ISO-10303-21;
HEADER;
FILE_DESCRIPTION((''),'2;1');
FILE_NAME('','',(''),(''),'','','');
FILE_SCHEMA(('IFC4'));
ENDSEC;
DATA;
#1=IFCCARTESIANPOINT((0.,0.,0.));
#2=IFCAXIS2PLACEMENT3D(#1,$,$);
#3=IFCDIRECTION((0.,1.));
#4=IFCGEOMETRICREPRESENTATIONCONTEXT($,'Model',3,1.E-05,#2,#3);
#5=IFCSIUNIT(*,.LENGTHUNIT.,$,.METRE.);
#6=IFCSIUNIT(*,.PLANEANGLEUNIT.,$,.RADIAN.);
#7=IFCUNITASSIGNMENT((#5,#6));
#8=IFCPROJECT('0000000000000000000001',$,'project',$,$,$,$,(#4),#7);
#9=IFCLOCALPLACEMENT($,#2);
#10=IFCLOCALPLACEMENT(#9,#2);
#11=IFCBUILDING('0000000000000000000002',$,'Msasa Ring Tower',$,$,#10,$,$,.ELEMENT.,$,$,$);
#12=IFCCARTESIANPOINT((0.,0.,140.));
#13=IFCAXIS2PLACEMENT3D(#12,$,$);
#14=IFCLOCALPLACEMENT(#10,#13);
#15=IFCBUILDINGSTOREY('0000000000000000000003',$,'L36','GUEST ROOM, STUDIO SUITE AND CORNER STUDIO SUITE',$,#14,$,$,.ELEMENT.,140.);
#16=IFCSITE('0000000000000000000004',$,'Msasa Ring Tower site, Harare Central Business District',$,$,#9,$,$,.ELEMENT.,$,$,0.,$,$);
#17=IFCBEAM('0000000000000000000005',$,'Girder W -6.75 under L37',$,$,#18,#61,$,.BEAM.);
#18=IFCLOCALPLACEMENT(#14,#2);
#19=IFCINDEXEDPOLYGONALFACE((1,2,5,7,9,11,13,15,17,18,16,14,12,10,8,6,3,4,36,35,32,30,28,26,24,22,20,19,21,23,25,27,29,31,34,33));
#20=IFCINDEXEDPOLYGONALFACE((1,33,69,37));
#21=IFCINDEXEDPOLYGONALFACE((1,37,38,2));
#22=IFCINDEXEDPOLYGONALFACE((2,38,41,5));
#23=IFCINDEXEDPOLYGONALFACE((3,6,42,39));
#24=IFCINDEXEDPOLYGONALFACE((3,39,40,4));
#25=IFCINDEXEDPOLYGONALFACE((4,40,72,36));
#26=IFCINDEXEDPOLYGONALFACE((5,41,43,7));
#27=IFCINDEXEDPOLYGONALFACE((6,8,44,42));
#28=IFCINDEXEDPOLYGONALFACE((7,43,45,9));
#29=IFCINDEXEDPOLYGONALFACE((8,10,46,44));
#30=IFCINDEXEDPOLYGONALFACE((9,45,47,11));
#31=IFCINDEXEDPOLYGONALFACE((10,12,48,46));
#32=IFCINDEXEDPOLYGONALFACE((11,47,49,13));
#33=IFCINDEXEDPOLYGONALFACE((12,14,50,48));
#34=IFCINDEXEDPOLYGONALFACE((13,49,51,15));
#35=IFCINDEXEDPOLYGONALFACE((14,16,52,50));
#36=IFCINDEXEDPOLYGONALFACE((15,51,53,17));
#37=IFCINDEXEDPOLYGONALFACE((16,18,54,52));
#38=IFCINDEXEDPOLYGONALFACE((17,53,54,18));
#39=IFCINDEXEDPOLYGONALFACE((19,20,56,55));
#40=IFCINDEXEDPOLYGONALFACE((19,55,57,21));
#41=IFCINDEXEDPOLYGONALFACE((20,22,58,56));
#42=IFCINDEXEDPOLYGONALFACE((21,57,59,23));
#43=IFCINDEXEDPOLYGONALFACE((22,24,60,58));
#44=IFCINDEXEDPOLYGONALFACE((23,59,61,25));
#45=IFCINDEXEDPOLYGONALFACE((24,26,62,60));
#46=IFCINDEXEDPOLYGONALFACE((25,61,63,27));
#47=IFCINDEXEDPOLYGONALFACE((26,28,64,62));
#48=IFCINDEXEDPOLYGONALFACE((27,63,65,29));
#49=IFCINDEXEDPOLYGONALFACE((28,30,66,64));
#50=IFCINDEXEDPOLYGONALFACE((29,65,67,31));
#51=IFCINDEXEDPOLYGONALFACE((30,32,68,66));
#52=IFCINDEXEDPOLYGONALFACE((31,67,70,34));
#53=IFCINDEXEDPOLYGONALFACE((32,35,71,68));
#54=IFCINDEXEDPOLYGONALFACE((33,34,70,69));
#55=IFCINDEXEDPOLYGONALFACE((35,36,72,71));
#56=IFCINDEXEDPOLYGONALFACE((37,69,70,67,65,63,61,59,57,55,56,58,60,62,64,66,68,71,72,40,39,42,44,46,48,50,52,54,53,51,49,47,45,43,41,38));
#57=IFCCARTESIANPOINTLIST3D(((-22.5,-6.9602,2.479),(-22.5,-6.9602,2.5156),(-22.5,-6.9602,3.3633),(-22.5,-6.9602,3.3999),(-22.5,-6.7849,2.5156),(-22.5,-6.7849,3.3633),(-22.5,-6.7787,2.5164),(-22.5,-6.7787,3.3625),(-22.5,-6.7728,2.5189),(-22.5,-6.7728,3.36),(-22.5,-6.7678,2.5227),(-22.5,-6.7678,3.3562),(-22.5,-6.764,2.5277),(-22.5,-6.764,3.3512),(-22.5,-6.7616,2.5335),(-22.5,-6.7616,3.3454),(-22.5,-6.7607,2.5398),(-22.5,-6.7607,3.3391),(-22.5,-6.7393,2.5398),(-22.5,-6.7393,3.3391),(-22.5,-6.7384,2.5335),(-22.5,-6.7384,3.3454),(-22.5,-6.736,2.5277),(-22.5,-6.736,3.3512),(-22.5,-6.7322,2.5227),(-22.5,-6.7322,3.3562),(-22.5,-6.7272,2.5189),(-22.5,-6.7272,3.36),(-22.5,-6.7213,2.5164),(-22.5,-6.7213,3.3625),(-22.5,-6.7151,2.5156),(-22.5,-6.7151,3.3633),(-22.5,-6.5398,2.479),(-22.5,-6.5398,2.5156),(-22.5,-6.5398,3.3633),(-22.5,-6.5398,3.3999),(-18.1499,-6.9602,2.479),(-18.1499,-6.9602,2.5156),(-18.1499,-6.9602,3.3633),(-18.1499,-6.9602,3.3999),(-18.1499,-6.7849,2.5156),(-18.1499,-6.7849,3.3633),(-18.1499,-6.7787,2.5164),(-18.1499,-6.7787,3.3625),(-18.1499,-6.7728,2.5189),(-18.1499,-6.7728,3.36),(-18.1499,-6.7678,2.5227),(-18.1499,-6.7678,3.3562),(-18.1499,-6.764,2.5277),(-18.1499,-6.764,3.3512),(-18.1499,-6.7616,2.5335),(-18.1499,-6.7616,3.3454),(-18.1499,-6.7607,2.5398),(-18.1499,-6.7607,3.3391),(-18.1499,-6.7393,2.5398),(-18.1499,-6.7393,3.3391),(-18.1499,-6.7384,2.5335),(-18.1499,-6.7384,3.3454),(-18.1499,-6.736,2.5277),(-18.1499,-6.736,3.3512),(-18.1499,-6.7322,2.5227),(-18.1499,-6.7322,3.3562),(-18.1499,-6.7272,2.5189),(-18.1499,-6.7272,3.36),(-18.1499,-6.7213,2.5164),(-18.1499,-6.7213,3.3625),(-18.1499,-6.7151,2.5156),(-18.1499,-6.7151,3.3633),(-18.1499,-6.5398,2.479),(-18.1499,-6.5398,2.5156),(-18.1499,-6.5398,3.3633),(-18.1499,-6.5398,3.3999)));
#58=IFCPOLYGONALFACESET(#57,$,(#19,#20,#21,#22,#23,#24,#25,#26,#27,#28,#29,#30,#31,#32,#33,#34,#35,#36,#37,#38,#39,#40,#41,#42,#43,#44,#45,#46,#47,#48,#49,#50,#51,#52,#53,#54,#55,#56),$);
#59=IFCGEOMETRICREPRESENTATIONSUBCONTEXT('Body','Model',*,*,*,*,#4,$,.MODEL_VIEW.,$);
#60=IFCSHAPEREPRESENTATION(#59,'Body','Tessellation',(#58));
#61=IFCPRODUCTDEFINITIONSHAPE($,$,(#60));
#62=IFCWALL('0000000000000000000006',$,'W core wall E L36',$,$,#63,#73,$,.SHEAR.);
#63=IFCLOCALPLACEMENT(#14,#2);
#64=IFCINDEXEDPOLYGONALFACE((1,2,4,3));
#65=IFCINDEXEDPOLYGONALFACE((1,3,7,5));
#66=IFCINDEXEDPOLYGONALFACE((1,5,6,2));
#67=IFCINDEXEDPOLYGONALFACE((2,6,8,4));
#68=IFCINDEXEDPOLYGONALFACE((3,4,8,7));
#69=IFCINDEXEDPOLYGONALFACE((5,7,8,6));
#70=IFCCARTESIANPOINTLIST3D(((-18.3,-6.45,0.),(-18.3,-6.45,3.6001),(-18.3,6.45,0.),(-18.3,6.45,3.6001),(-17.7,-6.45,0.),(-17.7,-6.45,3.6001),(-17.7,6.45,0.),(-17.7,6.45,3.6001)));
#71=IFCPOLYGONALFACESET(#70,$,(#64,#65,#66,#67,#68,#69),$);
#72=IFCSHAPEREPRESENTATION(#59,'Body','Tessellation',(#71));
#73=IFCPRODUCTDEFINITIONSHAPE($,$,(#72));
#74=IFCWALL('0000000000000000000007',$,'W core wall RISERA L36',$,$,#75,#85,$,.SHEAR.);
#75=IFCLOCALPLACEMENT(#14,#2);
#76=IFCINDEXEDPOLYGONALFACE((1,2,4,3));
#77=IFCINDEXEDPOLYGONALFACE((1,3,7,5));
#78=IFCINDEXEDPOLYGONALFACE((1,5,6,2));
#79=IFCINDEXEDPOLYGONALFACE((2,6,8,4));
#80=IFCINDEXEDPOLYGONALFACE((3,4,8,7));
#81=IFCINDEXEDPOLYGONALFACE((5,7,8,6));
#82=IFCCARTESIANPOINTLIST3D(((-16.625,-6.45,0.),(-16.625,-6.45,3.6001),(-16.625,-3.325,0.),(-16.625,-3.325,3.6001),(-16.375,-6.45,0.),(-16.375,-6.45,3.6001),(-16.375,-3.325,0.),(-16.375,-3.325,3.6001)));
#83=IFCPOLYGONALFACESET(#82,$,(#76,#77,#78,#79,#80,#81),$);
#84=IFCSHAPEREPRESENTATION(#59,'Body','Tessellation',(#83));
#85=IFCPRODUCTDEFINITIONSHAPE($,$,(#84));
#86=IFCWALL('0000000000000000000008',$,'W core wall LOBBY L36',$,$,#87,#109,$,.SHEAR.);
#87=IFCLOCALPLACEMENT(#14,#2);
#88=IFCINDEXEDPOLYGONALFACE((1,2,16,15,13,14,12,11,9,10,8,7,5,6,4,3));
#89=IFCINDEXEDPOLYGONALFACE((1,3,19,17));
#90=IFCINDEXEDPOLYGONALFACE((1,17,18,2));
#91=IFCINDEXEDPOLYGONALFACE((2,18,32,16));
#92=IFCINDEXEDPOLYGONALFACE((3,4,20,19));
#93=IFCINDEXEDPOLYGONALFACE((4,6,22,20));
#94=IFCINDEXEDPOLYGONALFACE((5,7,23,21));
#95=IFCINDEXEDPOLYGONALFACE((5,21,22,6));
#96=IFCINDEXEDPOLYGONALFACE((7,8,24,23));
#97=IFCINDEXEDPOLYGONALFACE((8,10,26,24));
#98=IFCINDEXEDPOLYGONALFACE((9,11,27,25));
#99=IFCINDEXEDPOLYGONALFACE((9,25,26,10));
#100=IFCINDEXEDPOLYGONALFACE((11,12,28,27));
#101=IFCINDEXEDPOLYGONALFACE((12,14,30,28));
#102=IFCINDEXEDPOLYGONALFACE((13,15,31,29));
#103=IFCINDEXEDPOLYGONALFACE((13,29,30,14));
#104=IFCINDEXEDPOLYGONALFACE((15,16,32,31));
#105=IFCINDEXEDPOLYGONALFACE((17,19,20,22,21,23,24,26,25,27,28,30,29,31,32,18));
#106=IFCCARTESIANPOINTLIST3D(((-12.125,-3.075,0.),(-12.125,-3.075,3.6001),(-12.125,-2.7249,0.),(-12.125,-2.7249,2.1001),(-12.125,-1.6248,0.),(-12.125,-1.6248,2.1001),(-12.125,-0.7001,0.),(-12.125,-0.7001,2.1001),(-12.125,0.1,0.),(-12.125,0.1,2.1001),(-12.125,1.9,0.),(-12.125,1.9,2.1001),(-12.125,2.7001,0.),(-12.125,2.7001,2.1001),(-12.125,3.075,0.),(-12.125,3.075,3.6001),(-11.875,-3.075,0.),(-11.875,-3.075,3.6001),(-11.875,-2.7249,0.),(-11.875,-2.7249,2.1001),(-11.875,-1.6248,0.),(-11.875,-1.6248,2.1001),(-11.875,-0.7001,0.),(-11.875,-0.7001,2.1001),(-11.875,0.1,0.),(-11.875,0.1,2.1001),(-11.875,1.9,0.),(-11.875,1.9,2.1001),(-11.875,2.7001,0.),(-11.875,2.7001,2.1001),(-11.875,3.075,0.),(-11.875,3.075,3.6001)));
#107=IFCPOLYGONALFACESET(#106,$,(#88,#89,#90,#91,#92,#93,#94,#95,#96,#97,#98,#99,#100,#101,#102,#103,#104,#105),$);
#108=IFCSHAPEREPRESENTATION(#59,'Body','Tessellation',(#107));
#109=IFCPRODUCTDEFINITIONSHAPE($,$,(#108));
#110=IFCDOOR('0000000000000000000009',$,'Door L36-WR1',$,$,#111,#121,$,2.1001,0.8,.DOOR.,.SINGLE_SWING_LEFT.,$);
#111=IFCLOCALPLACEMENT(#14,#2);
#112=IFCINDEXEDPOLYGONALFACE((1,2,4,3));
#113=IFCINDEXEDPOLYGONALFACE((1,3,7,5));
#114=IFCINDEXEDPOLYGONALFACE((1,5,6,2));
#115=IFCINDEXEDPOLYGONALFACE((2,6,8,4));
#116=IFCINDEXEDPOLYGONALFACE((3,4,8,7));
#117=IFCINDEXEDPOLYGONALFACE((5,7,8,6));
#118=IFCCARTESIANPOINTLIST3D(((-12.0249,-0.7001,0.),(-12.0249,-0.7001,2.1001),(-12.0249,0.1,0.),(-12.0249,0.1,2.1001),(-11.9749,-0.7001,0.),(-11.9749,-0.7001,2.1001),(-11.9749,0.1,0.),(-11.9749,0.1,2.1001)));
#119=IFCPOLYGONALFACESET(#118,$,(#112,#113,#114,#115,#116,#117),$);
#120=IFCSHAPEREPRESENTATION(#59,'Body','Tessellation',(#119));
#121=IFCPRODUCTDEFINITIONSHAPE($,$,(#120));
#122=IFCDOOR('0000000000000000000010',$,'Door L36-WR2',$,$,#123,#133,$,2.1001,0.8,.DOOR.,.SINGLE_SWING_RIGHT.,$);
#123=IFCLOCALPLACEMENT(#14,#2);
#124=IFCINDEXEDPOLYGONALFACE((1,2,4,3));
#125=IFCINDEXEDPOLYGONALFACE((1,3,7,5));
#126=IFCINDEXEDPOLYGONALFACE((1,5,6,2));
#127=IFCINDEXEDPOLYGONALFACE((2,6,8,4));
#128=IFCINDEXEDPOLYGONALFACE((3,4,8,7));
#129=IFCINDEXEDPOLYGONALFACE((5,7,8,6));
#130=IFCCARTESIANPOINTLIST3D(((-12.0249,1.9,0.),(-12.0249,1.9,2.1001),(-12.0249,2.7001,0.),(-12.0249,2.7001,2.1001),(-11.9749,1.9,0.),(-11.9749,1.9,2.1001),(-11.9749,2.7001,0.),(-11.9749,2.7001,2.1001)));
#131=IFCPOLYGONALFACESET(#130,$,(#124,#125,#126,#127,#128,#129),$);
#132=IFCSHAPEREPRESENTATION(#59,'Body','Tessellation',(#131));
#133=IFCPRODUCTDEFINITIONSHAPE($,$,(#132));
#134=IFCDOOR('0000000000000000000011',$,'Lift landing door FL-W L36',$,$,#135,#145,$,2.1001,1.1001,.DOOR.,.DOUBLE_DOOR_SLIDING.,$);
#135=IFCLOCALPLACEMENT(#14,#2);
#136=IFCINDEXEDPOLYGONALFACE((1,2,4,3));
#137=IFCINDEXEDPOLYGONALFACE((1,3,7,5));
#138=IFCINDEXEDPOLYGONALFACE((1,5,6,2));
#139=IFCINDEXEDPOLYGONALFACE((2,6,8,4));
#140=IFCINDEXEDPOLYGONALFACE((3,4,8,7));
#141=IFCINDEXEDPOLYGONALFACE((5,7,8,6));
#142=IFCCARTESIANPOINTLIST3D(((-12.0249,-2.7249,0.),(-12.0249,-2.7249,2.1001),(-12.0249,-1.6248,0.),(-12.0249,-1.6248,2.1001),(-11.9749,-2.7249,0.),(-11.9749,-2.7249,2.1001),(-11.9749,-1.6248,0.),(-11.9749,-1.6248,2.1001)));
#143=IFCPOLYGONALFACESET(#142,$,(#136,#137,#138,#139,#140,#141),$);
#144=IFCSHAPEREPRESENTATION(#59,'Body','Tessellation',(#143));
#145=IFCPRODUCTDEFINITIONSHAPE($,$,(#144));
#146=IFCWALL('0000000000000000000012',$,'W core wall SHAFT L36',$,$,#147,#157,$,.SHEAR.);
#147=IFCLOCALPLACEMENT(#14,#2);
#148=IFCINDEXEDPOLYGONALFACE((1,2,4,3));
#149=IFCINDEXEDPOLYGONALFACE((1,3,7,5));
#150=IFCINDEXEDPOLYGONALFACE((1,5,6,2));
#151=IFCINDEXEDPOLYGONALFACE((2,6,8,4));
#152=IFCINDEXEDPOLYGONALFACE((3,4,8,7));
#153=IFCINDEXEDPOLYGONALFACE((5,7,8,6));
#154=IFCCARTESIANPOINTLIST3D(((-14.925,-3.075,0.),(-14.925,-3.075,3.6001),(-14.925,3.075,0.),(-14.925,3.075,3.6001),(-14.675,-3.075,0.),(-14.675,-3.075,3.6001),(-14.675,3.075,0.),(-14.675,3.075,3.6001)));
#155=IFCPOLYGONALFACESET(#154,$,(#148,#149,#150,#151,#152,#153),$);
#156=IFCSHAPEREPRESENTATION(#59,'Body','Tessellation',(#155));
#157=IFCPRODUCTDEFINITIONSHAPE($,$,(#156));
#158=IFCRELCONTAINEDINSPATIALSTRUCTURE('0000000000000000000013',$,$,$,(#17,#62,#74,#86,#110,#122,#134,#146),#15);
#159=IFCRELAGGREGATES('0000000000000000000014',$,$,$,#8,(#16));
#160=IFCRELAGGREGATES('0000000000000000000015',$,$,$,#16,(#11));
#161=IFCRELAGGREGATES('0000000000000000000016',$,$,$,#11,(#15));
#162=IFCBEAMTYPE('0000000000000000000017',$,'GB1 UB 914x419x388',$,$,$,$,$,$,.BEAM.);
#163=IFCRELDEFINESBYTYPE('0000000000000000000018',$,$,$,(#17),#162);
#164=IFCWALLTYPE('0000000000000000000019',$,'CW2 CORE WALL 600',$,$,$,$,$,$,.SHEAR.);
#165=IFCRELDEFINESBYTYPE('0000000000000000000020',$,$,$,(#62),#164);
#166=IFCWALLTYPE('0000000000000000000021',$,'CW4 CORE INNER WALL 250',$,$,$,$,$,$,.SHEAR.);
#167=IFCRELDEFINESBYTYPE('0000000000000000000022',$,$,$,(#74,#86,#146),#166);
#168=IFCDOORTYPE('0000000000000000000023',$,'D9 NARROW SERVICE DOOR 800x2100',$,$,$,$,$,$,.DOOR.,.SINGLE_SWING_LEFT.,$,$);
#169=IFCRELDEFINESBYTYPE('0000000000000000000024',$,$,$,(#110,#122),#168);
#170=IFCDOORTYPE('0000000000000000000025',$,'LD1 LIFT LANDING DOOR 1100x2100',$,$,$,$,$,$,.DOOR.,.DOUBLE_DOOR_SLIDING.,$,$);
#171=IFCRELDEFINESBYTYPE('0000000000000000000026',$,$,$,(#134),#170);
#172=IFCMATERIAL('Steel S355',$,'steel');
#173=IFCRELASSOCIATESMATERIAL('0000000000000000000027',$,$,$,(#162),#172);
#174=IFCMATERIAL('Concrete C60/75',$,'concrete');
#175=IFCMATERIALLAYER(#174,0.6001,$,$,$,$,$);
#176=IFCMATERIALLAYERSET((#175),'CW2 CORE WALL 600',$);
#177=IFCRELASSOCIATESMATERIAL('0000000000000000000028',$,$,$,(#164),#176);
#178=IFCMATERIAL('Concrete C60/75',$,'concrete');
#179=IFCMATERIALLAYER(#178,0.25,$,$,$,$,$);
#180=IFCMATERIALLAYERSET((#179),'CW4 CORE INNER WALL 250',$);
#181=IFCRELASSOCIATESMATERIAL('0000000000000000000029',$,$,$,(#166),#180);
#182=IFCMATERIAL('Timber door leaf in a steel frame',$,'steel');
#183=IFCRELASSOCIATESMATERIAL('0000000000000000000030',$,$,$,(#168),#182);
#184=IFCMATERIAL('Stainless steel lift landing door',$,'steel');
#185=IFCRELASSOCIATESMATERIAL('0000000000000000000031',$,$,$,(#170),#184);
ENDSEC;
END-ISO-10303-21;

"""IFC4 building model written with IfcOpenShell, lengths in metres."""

from ifc_helpers import new_model, si_unit, direction, frame, frame_2d, origin, origin_2d, place, context, subcontext, project, spatial, rectangle, i_section, extrude, material, layer, layer_set, material_profile, profile_set, type_object, element, fill, save


model = new_model("IFC4")

# Units and contexts
model_context = context("Model", 3, precision=1e-05, world=origin(), true_north=direction((0.0, 1.0)))
body_context = subcontext(model_context, "Body", "Model", "MODEL_VIEW")
ifc_project = project(units=[si_unit("LENGTHUNIT", "METRE"), si_unit("PLANEANGLEUNIT", "RADIAN")], contexts=[model_context])

# Site, building, storey
site_placement = place(None, origin())
site = spatial("IfcSite", under=ifc_project, at=site_placement, Name="Msasa Ring Tower site, Harare Central Business District", CompositionType="ELEMENT", RefElevation=0.0)
building_placement = place(site_placement, origin())
building = spatial("IfcBuilding", under=site, at=building_placement, Name="Msasa Ring Tower", CompositionType="ELEMENT")
storey_placement = place(building_placement, frame((0.0, 0.0, 140.0)))
storey = spatial("IfcBuildingStorey", under=building, at=storey_placement, Name="L36", Description="GUEST ROOM, STUDIO SUITE AND CORNER STUDIO SUITE", CompositionType="ELEMENT", Elevation=140.0)

# Beam
ifc_material_1 = material(Name="Steel S355", Category="steel")
ifc_material_profile = material_profile(ifc_material_1, i_section(OverallWidth=0.4204, OverallDepth=0.9209, WebThickness=0.0215, FlangeThickness=0.0366, FilletRadius=0.0242, at=origin_2d()), Name="UB 914x419x388")
ifc_profile_set = profile_set([ifc_material_profile], Name="Steel S355")
beam_type = type_object("IfcBeamType", Name="GB1 UB 914x419x388", PredefinedType="BEAM", material=ifc_profile_set)
beam_placement = place(storey_placement, frame((-18.1499, -6.75, 2.9395), z_axis=(-1.0, 0.0, 0.0), x_axis=(0.0, -1.0, 0.0)))
element("IfcBeam", 1, at=beam_placement, inside=storey, type_object=beam_type, Name="Girder W -6.75 under L37", PredefinedType="BEAM", context=body_context, shape_type="SweptSolid", body=[
    extrude(i_section(OverallWidth=0.4204, OverallDepth=0.9209, WebThickness=0.0215, FlangeThickness=0.0366, FilletRadius=0.0242, at=origin_2d()), origin(), (0.0, 0.0, 1.0), 4.3501),
])

# Walls
ifc_material_2 = material(Name="Concrete C60/75", Category="concrete")
ifc_layer_1 = layer(ifc_material_2, 0.6001)
ifc_layer_set_1 = layer_set([ifc_layer_1], Name="CW2 CORE WALL 600")
wall_type_1 = type_object("IfcWallType", Name="CW2 CORE WALL 600", PredefinedType="SHEAR", material=ifc_layer_set_1)
wall_1_placement = place(storey_placement, frame((-18.0, -6.45, 0.0), z_axis=(0.0, 0.0, 1.0), x_axis=(0.0, 1.0, 0.0)))
element("IfcWall", 2, at=wall_1_placement, inside=storey, type_object=wall_type_1, Name="W core wall E L36", PredefinedType="SHEAR", context=body_context, shape_type="SweptSolid", body=[
    extrude(rectangle(XDim=12.8999, YDim=0.6001, at=frame_2d((6.45, 0.0))), origin(), (0.0, 0.0, 1.0), 3.6001),
])
ifc_material_3 = material(Name="Concrete C60/75", Category="concrete")
ifc_layer_2 = layer(ifc_material_3, 0.25)
ifc_layer_set_2 = layer_set([ifc_layer_2], Name="CW4 CORE INNER WALL 250")
wall_type_2 = type_object("IfcWallType", Name="CW4 CORE INNER WALL 250", PredefinedType="SHEAR", material=ifc_layer_set_2)
wall_2_placement = place(storey_placement, frame((-16.5, -6.45, 0.0), z_axis=(0.0, 0.0, 1.0), x_axis=(0.0, 1.0, 0.0)))
element("IfcWall", 3, at=wall_2_placement, inside=storey, type_object=wall_type_2, Name="W core wall RISERA L36", PredefinedType="SHEAR", context=body_context, shape_type="SweptSolid", body=[
    extrude(rectangle(XDim=3.125, YDim=0.25, at=frame_2d((1.5625, 0.0))), origin(), (0.0, 0.0, 1.0), 3.6001),
])

# Wall, openings, doors
wall_3_placement = place(storey_placement, frame((-12.0, -3.075, 0.0), z_axis=(0.0, 0.0, 1.0), x_axis=(0.0, 1.0, 0.0)))
wall_3 = element("IfcWall", 4, at=wall_3_placement, inside=storey, type_object=wall_type_2, Name="W core wall LOBBY L36", PredefinedType="SHEAR", context=body_context, shape_type="SweptSolid", body=[
    extrude(rectangle(XDim=6.1499, YDim=0.25, at=frame_2d((3.075, 0.0))), origin(), (0.0, 0.0, 1.0), 3.6001),
])
opening_1_placement = place(wall_3_placement, frame((2.375, 0.0, 0.0)))
opening_1 = element("IfcOpeningElement", 5, at=opening_1_placement, cuts=wall_3, PredefinedType="OPENING", context=body_context, shape_type="SweptSolid", body=[
    extrude(rectangle(XDim=0.8, YDim=2.1001, at=frame_2d((0.3999, 1.05))), frame((0.0, 0.135, 0.0), z_axis=(0.0, -1.0, 0.0), x_axis=(1.0, 0.0, 0.0)), (0.0, 0.0, 1.0), 0.27),
])
opening_2_placement = place(wall_3_placement, frame((4.9751, 0.0, 0.0)))
opening_2 = element("IfcOpeningElement", 6, at=opening_2_placement, cuts=wall_3, PredefinedType="OPENING", context=body_context, shape_type="SweptSolid", body=[
    extrude(rectangle(XDim=0.8, YDim=2.1001, at=frame_2d((0.3999, 1.05))), frame((0.0, 0.135, 0.0), z_axis=(0.0, -1.0, 0.0), x_axis=(1.0, 0.0, 0.0)), (0.0, 0.0, 1.0), 0.27),
])
opening_3_placement = place(wall_3_placement, frame((0.3501, 0.0, 0.0)))
opening_3 = element("IfcOpeningElement", 7, at=opening_3_placement, cuts=wall_3, PredefinedType="OPENING", context=body_context, shape_type="SweptSolid", body=[
    extrude(rectangle(XDim=1.1001, YDim=2.1001, at=frame_2d((0.55, 1.05))), frame((0.0, 0.135, 0.0), z_axis=(0.0, -1.0, 0.0), x_axis=(1.0, 0.0, 0.0)), (0.0, 0.0, 1.0), 0.27),
])
ifc_material_4 = material(Name="Timber door leaf in a steel frame", Category="steel")
door_type_1 = type_object("IfcDoorType", Name="D9 NARROW SERVICE DOOR 800x2100", OperationType="SINGLE_SWING_LEFT", PredefinedType="DOOR", material=ifc_material_4)
door_1_placement = place(opening_1_placement, origin())
door_1 = element("IfcDoor", 8, at=door_1_placement, inside=storey, type_object=door_type_1, Name="Door L36-WR1", OperationType="SINGLE_SWING_LEFT", OverallHeight=2.1001, OverallWidth=0.8, PredefinedType="DOOR", context=body_context, shape_type="SweptSolid", body=[
    extrude(rectangle(XDim=0.8, YDim=2.1001, at=frame_2d((0.3999, 1.05))), frame((0.0, 0.0249, 0.0), z_axis=(0.0, -1.0, 0.0), x_axis=(1.0, 0.0, 0.0)), (0.0, 0.0, 1.0), 0.05),
])
fill(opening_1, door_1)
door_2_placement = place(opening_2_placement, origin())
door_2 = element("IfcDoor", 9, at=door_2_placement, inside=storey, type_object=door_type_1, Name="Door L36-WR2", OperationType="SINGLE_SWING_RIGHT", OverallHeight=2.1001, OverallWidth=0.8, PredefinedType="DOOR", context=body_context, shape_type="SweptSolid", body=[
    extrude(rectangle(XDim=0.8, YDim=2.1001, at=frame_2d((0.3999, 1.05))), frame((0.0, 0.0249, 0.0), z_axis=(0.0, -1.0, 0.0), x_axis=(1.0, 0.0, 0.0)), (0.0, 0.0, 1.0), 0.05),
])
fill(opening_2, door_2)
ifc_material_5 = material(Name="Stainless steel lift landing door", Category="steel")
door_type_2 = type_object("IfcDoorType", Name="LD1 LIFT LANDING DOOR 1100x2100", OperationType="DOUBLE_DOOR_SLIDING", PredefinedType="DOOR", material=ifc_material_5)
door_3_placement = place(opening_3_placement, origin())
door_3 = element("IfcDoor", 10, at=door_3_placement, inside=storey, type_object=door_type_2, Name="Lift landing door FL-W L36", OperationType="DOUBLE_DOOR_SLIDING", OverallHeight=2.1001, OverallWidth=1.1001, PredefinedType="DOOR", context=body_context, shape_type="SweptSolid", body=[
    extrude(rectangle(XDim=1.1001, YDim=2.1001, at=frame_2d((0.55, 1.05))), frame((0.0, 0.0249, 0.0), z_axis=(0.0, -1.0, 0.0), x_axis=(1.0, 0.0, 0.0)), (0.0, 0.0, 1.0), 0.05),
])
fill(opening_3, door_3)

# Wall
wall_4_placement = place(storey_placement, frame((-14.8, -3.075, 0.0), z_axis=(0.0, 0.0, 1.0), x_axis=(0.0, 1.0, 0.0)))
element("IfcWall", 11, at=wall_4_placement, inside=storey, type_object=wall_type_2, Name="W core wall SHAFT L36", PredefinedType="SHEAR", context=body_context, shape_type="SweptSolid", body=[
    extrude(rectangle(XDim=6.1499, YDim=0.25, at=frame_2d((3.075, 0.0))), origin(), (0.0, 0.0, 1.0), 3.6001),
])

save(model, "model.ifc")
